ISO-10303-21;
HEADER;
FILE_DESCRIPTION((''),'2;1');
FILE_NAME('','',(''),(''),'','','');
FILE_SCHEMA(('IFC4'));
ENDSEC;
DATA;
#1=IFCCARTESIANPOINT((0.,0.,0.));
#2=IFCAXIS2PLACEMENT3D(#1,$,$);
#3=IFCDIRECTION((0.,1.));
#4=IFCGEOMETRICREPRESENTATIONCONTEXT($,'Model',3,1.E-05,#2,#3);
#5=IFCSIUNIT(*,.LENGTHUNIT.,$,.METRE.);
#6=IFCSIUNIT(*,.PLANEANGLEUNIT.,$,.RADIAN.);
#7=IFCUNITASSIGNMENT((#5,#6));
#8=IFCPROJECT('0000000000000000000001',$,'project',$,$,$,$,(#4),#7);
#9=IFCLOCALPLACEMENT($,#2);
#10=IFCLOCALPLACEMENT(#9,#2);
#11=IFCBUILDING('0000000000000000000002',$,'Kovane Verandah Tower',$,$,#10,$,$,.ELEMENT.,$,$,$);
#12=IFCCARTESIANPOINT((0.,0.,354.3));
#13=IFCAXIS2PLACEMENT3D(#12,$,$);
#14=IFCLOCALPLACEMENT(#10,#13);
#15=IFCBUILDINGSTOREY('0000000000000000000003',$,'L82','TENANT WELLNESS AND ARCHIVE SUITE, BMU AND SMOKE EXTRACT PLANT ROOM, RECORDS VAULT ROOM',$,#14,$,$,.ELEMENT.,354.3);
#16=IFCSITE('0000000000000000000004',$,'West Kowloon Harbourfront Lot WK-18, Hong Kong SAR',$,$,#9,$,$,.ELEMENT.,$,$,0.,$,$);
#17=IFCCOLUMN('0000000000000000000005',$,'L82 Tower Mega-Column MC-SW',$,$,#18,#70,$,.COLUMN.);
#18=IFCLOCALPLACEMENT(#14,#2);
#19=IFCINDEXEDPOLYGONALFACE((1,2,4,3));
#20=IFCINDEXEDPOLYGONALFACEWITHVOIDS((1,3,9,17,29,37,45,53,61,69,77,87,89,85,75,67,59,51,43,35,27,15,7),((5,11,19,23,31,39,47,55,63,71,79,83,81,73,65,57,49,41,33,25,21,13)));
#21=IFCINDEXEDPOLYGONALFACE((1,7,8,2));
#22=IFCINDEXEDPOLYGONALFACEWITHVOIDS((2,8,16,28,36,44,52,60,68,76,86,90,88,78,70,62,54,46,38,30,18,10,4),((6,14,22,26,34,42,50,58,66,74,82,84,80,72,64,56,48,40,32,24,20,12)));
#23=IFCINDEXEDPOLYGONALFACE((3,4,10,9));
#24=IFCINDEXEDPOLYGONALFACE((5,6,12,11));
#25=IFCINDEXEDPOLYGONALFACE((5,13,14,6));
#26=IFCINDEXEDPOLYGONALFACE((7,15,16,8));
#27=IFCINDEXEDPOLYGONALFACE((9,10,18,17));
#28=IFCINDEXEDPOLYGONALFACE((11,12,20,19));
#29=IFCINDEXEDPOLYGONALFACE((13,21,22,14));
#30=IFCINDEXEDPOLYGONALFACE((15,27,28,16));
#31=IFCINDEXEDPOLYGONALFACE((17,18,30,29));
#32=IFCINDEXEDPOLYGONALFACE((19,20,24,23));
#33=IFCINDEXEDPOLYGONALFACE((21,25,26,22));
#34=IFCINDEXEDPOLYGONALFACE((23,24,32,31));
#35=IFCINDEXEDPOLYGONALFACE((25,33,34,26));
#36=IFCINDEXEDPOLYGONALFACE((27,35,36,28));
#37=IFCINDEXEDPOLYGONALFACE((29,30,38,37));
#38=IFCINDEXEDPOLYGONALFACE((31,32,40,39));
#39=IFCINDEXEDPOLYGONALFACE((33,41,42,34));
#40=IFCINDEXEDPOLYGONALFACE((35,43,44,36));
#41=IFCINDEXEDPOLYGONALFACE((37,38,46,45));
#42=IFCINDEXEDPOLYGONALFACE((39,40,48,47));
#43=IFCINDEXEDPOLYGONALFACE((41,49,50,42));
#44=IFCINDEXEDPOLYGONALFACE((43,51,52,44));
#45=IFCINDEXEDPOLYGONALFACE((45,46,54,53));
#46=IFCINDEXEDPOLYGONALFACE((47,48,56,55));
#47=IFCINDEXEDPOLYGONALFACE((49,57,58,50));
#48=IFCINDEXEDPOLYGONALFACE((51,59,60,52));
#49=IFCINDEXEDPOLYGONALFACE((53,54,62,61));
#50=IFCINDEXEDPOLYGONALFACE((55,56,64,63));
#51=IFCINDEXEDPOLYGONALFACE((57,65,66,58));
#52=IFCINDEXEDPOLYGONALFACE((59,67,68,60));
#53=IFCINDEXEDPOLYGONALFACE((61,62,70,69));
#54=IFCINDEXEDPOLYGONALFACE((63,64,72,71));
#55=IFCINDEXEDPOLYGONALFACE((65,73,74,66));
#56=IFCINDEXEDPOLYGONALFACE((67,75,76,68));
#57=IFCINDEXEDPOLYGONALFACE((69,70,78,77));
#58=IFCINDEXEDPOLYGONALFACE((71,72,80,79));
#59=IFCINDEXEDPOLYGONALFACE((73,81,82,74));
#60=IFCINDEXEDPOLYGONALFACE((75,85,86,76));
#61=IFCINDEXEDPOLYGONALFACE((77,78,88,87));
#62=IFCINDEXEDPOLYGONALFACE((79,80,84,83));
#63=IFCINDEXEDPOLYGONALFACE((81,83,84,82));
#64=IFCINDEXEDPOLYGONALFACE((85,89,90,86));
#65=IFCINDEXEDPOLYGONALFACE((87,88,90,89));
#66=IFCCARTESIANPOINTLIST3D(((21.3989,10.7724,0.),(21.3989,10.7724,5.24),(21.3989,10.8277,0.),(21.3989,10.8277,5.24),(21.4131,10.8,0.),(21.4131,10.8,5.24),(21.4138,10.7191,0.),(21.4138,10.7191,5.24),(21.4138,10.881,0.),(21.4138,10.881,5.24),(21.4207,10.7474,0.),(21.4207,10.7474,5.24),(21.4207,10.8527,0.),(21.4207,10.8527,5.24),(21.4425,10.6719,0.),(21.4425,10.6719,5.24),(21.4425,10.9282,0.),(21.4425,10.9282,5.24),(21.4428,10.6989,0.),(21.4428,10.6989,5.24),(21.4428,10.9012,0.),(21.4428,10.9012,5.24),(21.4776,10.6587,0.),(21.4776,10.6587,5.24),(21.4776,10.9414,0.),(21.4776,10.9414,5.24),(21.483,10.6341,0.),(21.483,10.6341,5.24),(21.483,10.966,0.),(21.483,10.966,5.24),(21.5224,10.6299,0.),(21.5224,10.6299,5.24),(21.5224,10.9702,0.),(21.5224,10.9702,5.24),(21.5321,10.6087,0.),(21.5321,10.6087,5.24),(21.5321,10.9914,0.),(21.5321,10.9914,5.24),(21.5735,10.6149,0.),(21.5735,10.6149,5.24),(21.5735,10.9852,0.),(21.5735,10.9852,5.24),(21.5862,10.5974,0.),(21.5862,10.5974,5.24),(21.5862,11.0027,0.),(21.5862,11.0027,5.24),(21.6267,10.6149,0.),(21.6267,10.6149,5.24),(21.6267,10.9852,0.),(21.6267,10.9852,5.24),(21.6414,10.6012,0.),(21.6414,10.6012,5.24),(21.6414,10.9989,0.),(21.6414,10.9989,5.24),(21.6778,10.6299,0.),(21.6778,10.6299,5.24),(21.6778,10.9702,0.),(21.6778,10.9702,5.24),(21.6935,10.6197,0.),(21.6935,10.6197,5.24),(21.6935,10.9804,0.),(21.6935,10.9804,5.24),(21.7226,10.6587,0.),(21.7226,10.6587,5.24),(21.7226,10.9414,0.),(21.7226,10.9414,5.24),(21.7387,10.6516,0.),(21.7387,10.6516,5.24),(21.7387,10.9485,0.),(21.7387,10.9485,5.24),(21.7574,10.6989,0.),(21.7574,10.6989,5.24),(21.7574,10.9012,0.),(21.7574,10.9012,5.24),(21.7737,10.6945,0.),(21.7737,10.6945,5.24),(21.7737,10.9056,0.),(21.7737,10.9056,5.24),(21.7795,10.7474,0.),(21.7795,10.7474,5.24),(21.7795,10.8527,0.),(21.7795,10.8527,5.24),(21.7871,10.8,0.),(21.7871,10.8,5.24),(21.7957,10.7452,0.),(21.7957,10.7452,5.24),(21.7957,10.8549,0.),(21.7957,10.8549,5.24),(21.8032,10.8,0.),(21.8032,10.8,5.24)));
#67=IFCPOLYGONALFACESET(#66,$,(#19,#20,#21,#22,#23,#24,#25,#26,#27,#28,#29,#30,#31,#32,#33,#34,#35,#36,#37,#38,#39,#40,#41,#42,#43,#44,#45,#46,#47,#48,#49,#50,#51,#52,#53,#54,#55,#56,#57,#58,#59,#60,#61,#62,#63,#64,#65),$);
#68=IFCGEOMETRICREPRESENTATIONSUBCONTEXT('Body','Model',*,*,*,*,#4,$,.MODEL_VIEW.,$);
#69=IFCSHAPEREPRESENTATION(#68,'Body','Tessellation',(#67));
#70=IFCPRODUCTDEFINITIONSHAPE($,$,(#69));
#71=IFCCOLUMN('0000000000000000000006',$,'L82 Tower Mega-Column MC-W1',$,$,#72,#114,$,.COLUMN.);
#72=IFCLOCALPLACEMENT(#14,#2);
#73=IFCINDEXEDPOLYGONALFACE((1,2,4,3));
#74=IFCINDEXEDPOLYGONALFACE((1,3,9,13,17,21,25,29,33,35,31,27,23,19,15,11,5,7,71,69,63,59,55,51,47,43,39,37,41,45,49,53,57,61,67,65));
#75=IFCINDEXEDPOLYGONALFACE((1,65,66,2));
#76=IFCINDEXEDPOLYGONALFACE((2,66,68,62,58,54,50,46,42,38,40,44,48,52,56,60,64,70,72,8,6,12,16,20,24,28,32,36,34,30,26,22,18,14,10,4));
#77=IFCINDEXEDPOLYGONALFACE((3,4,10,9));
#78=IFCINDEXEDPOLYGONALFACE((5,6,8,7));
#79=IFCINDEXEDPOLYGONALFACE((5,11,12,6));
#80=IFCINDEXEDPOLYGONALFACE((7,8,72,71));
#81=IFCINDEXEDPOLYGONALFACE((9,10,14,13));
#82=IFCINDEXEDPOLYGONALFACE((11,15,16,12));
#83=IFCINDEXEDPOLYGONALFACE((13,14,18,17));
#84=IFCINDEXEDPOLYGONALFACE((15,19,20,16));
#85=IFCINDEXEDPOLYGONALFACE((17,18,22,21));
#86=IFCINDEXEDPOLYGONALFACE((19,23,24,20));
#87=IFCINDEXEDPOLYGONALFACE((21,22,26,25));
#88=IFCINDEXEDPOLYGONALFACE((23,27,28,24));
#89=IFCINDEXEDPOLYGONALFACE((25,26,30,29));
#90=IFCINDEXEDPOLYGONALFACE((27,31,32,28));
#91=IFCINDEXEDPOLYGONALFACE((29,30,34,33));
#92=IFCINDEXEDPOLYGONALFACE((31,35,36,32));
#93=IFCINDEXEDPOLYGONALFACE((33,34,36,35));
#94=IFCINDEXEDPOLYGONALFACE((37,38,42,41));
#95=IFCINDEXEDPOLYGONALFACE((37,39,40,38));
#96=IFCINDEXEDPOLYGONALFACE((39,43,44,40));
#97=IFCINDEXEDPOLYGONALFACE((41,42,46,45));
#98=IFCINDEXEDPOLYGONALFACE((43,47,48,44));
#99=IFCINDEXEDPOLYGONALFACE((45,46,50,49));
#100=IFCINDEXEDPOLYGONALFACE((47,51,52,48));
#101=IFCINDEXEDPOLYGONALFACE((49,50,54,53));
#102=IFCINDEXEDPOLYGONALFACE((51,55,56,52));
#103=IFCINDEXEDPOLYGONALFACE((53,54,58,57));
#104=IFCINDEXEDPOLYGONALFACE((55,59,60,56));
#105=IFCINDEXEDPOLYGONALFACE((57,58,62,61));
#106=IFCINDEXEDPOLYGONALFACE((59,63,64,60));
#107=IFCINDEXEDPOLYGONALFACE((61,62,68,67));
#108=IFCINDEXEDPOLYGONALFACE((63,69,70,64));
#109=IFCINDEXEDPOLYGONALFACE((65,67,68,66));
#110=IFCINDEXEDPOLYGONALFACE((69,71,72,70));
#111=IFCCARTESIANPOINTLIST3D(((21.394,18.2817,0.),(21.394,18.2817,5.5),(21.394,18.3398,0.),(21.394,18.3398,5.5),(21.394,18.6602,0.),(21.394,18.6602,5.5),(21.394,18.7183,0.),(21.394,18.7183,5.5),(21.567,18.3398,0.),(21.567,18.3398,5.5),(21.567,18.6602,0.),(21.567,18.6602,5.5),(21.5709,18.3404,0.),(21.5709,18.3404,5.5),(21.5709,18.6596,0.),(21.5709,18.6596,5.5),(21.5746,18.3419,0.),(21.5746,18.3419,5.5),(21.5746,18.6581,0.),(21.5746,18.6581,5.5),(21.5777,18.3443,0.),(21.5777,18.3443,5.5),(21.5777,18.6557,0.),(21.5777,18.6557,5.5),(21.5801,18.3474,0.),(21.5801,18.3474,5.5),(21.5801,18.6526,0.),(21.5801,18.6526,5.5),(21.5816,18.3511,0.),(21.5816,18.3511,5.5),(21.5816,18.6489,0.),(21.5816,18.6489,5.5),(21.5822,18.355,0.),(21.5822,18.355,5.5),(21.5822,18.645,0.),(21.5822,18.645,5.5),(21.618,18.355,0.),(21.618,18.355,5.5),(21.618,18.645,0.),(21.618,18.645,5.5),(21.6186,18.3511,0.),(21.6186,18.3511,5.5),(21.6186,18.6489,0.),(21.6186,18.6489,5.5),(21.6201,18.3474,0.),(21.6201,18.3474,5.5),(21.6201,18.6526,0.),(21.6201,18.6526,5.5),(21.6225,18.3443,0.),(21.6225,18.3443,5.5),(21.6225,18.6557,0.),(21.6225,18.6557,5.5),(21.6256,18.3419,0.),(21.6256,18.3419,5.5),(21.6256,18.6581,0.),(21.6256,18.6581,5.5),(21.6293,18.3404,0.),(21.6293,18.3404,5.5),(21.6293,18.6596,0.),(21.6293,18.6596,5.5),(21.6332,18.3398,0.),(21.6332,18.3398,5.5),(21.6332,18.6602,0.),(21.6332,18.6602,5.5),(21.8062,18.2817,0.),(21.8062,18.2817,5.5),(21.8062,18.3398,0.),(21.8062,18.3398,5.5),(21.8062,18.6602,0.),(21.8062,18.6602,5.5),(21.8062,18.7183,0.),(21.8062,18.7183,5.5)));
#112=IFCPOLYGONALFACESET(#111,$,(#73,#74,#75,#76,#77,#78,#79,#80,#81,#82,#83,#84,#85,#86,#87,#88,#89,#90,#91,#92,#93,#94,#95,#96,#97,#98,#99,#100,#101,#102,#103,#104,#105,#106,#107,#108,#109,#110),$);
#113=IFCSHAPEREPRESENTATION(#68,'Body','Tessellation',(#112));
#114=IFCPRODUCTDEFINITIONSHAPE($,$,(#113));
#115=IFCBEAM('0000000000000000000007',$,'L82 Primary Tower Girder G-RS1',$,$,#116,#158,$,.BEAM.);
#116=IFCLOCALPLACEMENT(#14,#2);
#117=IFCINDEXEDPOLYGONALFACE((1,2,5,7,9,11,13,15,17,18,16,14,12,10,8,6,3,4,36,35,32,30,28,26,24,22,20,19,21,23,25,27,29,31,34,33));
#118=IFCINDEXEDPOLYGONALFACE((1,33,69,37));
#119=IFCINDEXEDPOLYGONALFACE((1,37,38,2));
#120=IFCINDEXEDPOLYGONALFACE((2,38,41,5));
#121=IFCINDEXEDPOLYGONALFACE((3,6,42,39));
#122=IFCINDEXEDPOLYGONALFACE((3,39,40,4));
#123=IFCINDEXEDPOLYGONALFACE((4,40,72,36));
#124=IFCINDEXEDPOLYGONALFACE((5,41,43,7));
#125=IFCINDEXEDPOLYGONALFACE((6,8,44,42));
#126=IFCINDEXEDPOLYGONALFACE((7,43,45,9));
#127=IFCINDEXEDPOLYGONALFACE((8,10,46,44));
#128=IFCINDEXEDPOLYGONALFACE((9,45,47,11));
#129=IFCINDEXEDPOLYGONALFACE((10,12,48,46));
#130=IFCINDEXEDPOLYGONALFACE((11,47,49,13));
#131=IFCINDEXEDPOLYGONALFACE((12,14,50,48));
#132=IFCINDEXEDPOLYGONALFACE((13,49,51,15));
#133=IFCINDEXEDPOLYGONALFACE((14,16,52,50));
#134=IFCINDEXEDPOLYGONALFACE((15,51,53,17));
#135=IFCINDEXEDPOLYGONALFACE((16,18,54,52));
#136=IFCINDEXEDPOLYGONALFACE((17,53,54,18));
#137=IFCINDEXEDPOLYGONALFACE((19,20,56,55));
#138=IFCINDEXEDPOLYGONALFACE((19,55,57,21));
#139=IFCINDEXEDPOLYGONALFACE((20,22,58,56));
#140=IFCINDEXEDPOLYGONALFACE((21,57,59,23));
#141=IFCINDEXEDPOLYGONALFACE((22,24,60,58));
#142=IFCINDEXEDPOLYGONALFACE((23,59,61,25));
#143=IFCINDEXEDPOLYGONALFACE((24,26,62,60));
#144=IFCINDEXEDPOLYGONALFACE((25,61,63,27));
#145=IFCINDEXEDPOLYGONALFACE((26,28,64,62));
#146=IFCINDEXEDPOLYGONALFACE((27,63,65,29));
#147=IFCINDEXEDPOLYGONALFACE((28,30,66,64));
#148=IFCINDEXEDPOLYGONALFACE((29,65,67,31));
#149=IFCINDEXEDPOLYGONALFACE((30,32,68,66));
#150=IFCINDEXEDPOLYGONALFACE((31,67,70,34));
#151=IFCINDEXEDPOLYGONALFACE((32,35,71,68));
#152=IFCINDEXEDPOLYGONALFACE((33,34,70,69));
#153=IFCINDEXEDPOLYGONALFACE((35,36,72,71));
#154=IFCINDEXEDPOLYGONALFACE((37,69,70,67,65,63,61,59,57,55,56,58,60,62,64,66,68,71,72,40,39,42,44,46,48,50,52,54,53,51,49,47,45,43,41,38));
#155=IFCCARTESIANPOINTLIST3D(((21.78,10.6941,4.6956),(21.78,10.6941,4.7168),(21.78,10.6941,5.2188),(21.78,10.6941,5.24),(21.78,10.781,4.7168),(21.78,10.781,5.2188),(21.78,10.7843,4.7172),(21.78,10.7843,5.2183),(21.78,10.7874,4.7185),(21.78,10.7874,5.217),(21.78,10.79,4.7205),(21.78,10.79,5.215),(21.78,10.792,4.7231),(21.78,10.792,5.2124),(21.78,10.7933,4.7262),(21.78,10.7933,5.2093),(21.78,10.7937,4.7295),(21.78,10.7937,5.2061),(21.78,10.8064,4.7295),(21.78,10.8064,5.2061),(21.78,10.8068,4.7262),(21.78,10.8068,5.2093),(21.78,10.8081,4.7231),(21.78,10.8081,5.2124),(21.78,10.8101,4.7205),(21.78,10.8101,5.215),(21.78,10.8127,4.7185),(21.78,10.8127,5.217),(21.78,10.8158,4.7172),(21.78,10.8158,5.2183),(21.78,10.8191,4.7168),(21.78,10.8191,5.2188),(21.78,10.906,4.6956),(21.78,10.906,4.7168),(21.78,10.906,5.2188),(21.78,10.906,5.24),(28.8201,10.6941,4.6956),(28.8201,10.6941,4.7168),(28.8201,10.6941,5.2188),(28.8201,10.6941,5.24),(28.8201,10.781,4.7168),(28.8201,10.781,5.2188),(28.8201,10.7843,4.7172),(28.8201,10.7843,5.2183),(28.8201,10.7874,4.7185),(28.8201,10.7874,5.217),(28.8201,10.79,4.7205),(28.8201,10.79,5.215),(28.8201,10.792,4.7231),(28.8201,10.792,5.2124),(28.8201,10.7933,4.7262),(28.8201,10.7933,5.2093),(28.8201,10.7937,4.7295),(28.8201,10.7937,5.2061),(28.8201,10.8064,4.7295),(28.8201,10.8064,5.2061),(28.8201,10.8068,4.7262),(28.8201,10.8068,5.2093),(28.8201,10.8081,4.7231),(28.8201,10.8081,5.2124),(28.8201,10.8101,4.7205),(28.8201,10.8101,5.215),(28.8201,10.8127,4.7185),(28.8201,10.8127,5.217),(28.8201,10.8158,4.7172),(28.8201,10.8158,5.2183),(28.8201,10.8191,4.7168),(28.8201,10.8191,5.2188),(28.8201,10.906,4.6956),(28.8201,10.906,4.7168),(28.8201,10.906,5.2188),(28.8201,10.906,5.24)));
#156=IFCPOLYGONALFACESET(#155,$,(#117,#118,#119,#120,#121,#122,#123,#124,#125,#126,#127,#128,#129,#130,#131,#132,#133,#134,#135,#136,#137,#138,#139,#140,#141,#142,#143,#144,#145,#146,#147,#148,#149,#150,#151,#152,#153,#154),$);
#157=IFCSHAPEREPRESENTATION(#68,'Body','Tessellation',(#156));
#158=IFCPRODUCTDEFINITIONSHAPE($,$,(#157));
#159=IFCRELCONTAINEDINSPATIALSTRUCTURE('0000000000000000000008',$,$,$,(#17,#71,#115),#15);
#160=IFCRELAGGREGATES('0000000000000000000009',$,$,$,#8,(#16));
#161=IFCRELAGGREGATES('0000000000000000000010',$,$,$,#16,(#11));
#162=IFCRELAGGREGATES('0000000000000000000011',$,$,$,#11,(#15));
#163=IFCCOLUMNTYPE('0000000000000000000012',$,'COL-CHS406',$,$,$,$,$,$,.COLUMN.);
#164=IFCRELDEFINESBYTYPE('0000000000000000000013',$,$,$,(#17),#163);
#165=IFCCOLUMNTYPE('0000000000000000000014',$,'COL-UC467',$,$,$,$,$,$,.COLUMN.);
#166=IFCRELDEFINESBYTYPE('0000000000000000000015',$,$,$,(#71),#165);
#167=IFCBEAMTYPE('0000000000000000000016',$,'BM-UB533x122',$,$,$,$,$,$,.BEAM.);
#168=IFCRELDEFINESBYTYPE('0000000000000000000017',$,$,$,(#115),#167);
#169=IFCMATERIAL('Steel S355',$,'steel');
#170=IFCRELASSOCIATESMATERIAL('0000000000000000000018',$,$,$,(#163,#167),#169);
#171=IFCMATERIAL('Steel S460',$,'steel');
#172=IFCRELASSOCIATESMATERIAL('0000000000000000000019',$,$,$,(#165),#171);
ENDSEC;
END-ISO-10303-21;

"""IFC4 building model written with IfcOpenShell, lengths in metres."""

from ifc_helpers import new_model, si_unit, direction, frame, origin, origin_2d, place, context, subcontext, project, spatial, hollow_circle, i_section, extrude, material, material_profile, profile_set, type_object, element, save


model = new_model("IFC4")

# Units and contexts
model_context = context("Model", 3, precision=1e-05, world=origin(), true_north=direction((0.0, 1.0)))
body_context = subcontext(model_context, "Body", "Model", "MODEL_VIEW")
ifc_project = project(units=[si_unit("LENGTHUNIT", "METRE"), si_unit("PLANEANGLEUNIT", "RADIAN")], contexts=[model_context])

# Site, building, storey
site_placement = place(None, origin())
site = spatial("IfcSite", under=ifc_project, at=site_placement, Name="West Kowloon Harbourfront Lot WK-18, Hong Kong SAR", CompositionType="ELEMENT", RefElevation=0.0)
building_placement = place(site_placement, origin())
building = spatial("IfcBuilding", under=site, at=building_placement, Name="Kovane Verandah Tower", CompositionType="ELEMENT")
storey_placement = place(building_placement, frame((0.0, 0.0, 354.3)))
storey = spatial("IfcBuildingStorey", under=building, at=storey_placement, Name="L82", Description="TENANT WELLNESS AND ARCHIVE SUITE, BMU AND SMOKE EXTRACT PLANT ROOM, RECORDS VAULT ROOM", CompositionType="ELEMENT", Elevation=354.3)

# Columns
ifc_material_1 = material(Name="Steel S355", Category="steel")
ifc_material_profile_1 = material_profile(ifc_material_1, hollow_circle(Radius=0.2031, WallThickness=0.0161, at=origin_2d()), Name="CHS406.4x16")
ifc_profile_set_1 = profile_set([ifc_material_profile_1], Name="Steel S355")
column_type_1 = type_object("IfcColumnType", Name="COL-CHS406", PredefinedType="COLUMN", material=ifc_profile_set_1)
column_1_placement = place(storey_placement, frame((21.6001, 10.8, 0.0), z_axis=(0.0, 0.0, 1.0), x_axis=(1.0, 0.0, 0.0)))
element("IfcColumn", 1, at=column_1_placement, inside=storey, type_object=column_type_1, Name="L82 Tower Mega-Column MC-SW", PredefinedType="COLUMN", context=body_context, shape_type="SweptSolid", body=[
    extrude(hollow_circle(Radius=0.2031, WallThickness=0.0161, at=origin_2d()), origin(), (0.0, 0.0, 1.0), 5.24),
])
ifc_material_2 = material(Name="Steel S460", Category="steel")
ifc_material_profile_2 = material_profile(ifc_material_2, i_section(OverallWidth=0.4121, OverallDepth=0.4365, WebThickness=0.0359, FlangeThickness=0.0581, FilletRadius=0.0151, at=origin_2d()), Name="UC356x406x467")
ifc_profile_set_2 = profile_set([ifc_material_profile_2], Name="Steel S460")
column_type_2 = type_object("IfcColumnType", Name="COL-UC467", PredefinedType="COLUMN", material=ifc_profile_set_2)
column_2_placement = place(storey_placement, frame((21.6001, 18.5, 0.0), z_axis=(0.0, 0.0, 1.0), x_axis=(1.0, 0.0, 0.0)))
element("IfcColumn", 2, at=column_2_placement, inside=storey, type_object=column_type_2, Name="L82 Tower Mega-Column MC-W1", PredefinedType="COLUMN", context=body_context, shape_type="SweptSolid", body=[
    extrude(i_section(OverallWidth=0.4121, OverallDepth=0.4365, WebThickness=0.0359, FlangeThickness=0.0581, FilletRadius=0.0151, at=origin_2d()), origin(), (0.0, 0.0, 1.0), 5.5),
])

# Beam
ifc_material_profile_3 = material_profile(ifc_material_1, i_section(OverallWidth=0.2119, OverallDepth=0.5444, WebThickness=0.0127, FlangeThickness=0.0212, FilletRadius=0.0127, at=origin_2d()), Name="UB533x210x122")
ifc_profile_set_3 = profile_set([ifc_material_profile_3], Name="Steel S355")
beam_type = type_object("IfcBeamType", Name="BM-UB533x122", PredefinedType="BEAM", material=ifc_profile_set_3)
beam_1_placement = place(storey_placement, frame((21.78, 10.8, 4.9678), z_axis=(1.0, 0.0, 0.0), x_axis=(0.0, 1.0, 0.0)))
element("IfcBeam", 3, at=beam_1_placement, inside=storey, type_object=beam_type, Name="L82 Primary Tower Girder G-RS1", PredefinedType="BEAM", context=body_context, shape_type="SweptSolid", body=[
    extrude(i_section(OverallWidth=0.2119, OverallDepth=0.5444, WebThickness=0.0127, FlangeThickness=0.0212, FilletRadius=0.0127, at=origin_2d()), origin(), (0.0, 0.0, 1.0), 7.04),
])

save(model, "model.ifc")
